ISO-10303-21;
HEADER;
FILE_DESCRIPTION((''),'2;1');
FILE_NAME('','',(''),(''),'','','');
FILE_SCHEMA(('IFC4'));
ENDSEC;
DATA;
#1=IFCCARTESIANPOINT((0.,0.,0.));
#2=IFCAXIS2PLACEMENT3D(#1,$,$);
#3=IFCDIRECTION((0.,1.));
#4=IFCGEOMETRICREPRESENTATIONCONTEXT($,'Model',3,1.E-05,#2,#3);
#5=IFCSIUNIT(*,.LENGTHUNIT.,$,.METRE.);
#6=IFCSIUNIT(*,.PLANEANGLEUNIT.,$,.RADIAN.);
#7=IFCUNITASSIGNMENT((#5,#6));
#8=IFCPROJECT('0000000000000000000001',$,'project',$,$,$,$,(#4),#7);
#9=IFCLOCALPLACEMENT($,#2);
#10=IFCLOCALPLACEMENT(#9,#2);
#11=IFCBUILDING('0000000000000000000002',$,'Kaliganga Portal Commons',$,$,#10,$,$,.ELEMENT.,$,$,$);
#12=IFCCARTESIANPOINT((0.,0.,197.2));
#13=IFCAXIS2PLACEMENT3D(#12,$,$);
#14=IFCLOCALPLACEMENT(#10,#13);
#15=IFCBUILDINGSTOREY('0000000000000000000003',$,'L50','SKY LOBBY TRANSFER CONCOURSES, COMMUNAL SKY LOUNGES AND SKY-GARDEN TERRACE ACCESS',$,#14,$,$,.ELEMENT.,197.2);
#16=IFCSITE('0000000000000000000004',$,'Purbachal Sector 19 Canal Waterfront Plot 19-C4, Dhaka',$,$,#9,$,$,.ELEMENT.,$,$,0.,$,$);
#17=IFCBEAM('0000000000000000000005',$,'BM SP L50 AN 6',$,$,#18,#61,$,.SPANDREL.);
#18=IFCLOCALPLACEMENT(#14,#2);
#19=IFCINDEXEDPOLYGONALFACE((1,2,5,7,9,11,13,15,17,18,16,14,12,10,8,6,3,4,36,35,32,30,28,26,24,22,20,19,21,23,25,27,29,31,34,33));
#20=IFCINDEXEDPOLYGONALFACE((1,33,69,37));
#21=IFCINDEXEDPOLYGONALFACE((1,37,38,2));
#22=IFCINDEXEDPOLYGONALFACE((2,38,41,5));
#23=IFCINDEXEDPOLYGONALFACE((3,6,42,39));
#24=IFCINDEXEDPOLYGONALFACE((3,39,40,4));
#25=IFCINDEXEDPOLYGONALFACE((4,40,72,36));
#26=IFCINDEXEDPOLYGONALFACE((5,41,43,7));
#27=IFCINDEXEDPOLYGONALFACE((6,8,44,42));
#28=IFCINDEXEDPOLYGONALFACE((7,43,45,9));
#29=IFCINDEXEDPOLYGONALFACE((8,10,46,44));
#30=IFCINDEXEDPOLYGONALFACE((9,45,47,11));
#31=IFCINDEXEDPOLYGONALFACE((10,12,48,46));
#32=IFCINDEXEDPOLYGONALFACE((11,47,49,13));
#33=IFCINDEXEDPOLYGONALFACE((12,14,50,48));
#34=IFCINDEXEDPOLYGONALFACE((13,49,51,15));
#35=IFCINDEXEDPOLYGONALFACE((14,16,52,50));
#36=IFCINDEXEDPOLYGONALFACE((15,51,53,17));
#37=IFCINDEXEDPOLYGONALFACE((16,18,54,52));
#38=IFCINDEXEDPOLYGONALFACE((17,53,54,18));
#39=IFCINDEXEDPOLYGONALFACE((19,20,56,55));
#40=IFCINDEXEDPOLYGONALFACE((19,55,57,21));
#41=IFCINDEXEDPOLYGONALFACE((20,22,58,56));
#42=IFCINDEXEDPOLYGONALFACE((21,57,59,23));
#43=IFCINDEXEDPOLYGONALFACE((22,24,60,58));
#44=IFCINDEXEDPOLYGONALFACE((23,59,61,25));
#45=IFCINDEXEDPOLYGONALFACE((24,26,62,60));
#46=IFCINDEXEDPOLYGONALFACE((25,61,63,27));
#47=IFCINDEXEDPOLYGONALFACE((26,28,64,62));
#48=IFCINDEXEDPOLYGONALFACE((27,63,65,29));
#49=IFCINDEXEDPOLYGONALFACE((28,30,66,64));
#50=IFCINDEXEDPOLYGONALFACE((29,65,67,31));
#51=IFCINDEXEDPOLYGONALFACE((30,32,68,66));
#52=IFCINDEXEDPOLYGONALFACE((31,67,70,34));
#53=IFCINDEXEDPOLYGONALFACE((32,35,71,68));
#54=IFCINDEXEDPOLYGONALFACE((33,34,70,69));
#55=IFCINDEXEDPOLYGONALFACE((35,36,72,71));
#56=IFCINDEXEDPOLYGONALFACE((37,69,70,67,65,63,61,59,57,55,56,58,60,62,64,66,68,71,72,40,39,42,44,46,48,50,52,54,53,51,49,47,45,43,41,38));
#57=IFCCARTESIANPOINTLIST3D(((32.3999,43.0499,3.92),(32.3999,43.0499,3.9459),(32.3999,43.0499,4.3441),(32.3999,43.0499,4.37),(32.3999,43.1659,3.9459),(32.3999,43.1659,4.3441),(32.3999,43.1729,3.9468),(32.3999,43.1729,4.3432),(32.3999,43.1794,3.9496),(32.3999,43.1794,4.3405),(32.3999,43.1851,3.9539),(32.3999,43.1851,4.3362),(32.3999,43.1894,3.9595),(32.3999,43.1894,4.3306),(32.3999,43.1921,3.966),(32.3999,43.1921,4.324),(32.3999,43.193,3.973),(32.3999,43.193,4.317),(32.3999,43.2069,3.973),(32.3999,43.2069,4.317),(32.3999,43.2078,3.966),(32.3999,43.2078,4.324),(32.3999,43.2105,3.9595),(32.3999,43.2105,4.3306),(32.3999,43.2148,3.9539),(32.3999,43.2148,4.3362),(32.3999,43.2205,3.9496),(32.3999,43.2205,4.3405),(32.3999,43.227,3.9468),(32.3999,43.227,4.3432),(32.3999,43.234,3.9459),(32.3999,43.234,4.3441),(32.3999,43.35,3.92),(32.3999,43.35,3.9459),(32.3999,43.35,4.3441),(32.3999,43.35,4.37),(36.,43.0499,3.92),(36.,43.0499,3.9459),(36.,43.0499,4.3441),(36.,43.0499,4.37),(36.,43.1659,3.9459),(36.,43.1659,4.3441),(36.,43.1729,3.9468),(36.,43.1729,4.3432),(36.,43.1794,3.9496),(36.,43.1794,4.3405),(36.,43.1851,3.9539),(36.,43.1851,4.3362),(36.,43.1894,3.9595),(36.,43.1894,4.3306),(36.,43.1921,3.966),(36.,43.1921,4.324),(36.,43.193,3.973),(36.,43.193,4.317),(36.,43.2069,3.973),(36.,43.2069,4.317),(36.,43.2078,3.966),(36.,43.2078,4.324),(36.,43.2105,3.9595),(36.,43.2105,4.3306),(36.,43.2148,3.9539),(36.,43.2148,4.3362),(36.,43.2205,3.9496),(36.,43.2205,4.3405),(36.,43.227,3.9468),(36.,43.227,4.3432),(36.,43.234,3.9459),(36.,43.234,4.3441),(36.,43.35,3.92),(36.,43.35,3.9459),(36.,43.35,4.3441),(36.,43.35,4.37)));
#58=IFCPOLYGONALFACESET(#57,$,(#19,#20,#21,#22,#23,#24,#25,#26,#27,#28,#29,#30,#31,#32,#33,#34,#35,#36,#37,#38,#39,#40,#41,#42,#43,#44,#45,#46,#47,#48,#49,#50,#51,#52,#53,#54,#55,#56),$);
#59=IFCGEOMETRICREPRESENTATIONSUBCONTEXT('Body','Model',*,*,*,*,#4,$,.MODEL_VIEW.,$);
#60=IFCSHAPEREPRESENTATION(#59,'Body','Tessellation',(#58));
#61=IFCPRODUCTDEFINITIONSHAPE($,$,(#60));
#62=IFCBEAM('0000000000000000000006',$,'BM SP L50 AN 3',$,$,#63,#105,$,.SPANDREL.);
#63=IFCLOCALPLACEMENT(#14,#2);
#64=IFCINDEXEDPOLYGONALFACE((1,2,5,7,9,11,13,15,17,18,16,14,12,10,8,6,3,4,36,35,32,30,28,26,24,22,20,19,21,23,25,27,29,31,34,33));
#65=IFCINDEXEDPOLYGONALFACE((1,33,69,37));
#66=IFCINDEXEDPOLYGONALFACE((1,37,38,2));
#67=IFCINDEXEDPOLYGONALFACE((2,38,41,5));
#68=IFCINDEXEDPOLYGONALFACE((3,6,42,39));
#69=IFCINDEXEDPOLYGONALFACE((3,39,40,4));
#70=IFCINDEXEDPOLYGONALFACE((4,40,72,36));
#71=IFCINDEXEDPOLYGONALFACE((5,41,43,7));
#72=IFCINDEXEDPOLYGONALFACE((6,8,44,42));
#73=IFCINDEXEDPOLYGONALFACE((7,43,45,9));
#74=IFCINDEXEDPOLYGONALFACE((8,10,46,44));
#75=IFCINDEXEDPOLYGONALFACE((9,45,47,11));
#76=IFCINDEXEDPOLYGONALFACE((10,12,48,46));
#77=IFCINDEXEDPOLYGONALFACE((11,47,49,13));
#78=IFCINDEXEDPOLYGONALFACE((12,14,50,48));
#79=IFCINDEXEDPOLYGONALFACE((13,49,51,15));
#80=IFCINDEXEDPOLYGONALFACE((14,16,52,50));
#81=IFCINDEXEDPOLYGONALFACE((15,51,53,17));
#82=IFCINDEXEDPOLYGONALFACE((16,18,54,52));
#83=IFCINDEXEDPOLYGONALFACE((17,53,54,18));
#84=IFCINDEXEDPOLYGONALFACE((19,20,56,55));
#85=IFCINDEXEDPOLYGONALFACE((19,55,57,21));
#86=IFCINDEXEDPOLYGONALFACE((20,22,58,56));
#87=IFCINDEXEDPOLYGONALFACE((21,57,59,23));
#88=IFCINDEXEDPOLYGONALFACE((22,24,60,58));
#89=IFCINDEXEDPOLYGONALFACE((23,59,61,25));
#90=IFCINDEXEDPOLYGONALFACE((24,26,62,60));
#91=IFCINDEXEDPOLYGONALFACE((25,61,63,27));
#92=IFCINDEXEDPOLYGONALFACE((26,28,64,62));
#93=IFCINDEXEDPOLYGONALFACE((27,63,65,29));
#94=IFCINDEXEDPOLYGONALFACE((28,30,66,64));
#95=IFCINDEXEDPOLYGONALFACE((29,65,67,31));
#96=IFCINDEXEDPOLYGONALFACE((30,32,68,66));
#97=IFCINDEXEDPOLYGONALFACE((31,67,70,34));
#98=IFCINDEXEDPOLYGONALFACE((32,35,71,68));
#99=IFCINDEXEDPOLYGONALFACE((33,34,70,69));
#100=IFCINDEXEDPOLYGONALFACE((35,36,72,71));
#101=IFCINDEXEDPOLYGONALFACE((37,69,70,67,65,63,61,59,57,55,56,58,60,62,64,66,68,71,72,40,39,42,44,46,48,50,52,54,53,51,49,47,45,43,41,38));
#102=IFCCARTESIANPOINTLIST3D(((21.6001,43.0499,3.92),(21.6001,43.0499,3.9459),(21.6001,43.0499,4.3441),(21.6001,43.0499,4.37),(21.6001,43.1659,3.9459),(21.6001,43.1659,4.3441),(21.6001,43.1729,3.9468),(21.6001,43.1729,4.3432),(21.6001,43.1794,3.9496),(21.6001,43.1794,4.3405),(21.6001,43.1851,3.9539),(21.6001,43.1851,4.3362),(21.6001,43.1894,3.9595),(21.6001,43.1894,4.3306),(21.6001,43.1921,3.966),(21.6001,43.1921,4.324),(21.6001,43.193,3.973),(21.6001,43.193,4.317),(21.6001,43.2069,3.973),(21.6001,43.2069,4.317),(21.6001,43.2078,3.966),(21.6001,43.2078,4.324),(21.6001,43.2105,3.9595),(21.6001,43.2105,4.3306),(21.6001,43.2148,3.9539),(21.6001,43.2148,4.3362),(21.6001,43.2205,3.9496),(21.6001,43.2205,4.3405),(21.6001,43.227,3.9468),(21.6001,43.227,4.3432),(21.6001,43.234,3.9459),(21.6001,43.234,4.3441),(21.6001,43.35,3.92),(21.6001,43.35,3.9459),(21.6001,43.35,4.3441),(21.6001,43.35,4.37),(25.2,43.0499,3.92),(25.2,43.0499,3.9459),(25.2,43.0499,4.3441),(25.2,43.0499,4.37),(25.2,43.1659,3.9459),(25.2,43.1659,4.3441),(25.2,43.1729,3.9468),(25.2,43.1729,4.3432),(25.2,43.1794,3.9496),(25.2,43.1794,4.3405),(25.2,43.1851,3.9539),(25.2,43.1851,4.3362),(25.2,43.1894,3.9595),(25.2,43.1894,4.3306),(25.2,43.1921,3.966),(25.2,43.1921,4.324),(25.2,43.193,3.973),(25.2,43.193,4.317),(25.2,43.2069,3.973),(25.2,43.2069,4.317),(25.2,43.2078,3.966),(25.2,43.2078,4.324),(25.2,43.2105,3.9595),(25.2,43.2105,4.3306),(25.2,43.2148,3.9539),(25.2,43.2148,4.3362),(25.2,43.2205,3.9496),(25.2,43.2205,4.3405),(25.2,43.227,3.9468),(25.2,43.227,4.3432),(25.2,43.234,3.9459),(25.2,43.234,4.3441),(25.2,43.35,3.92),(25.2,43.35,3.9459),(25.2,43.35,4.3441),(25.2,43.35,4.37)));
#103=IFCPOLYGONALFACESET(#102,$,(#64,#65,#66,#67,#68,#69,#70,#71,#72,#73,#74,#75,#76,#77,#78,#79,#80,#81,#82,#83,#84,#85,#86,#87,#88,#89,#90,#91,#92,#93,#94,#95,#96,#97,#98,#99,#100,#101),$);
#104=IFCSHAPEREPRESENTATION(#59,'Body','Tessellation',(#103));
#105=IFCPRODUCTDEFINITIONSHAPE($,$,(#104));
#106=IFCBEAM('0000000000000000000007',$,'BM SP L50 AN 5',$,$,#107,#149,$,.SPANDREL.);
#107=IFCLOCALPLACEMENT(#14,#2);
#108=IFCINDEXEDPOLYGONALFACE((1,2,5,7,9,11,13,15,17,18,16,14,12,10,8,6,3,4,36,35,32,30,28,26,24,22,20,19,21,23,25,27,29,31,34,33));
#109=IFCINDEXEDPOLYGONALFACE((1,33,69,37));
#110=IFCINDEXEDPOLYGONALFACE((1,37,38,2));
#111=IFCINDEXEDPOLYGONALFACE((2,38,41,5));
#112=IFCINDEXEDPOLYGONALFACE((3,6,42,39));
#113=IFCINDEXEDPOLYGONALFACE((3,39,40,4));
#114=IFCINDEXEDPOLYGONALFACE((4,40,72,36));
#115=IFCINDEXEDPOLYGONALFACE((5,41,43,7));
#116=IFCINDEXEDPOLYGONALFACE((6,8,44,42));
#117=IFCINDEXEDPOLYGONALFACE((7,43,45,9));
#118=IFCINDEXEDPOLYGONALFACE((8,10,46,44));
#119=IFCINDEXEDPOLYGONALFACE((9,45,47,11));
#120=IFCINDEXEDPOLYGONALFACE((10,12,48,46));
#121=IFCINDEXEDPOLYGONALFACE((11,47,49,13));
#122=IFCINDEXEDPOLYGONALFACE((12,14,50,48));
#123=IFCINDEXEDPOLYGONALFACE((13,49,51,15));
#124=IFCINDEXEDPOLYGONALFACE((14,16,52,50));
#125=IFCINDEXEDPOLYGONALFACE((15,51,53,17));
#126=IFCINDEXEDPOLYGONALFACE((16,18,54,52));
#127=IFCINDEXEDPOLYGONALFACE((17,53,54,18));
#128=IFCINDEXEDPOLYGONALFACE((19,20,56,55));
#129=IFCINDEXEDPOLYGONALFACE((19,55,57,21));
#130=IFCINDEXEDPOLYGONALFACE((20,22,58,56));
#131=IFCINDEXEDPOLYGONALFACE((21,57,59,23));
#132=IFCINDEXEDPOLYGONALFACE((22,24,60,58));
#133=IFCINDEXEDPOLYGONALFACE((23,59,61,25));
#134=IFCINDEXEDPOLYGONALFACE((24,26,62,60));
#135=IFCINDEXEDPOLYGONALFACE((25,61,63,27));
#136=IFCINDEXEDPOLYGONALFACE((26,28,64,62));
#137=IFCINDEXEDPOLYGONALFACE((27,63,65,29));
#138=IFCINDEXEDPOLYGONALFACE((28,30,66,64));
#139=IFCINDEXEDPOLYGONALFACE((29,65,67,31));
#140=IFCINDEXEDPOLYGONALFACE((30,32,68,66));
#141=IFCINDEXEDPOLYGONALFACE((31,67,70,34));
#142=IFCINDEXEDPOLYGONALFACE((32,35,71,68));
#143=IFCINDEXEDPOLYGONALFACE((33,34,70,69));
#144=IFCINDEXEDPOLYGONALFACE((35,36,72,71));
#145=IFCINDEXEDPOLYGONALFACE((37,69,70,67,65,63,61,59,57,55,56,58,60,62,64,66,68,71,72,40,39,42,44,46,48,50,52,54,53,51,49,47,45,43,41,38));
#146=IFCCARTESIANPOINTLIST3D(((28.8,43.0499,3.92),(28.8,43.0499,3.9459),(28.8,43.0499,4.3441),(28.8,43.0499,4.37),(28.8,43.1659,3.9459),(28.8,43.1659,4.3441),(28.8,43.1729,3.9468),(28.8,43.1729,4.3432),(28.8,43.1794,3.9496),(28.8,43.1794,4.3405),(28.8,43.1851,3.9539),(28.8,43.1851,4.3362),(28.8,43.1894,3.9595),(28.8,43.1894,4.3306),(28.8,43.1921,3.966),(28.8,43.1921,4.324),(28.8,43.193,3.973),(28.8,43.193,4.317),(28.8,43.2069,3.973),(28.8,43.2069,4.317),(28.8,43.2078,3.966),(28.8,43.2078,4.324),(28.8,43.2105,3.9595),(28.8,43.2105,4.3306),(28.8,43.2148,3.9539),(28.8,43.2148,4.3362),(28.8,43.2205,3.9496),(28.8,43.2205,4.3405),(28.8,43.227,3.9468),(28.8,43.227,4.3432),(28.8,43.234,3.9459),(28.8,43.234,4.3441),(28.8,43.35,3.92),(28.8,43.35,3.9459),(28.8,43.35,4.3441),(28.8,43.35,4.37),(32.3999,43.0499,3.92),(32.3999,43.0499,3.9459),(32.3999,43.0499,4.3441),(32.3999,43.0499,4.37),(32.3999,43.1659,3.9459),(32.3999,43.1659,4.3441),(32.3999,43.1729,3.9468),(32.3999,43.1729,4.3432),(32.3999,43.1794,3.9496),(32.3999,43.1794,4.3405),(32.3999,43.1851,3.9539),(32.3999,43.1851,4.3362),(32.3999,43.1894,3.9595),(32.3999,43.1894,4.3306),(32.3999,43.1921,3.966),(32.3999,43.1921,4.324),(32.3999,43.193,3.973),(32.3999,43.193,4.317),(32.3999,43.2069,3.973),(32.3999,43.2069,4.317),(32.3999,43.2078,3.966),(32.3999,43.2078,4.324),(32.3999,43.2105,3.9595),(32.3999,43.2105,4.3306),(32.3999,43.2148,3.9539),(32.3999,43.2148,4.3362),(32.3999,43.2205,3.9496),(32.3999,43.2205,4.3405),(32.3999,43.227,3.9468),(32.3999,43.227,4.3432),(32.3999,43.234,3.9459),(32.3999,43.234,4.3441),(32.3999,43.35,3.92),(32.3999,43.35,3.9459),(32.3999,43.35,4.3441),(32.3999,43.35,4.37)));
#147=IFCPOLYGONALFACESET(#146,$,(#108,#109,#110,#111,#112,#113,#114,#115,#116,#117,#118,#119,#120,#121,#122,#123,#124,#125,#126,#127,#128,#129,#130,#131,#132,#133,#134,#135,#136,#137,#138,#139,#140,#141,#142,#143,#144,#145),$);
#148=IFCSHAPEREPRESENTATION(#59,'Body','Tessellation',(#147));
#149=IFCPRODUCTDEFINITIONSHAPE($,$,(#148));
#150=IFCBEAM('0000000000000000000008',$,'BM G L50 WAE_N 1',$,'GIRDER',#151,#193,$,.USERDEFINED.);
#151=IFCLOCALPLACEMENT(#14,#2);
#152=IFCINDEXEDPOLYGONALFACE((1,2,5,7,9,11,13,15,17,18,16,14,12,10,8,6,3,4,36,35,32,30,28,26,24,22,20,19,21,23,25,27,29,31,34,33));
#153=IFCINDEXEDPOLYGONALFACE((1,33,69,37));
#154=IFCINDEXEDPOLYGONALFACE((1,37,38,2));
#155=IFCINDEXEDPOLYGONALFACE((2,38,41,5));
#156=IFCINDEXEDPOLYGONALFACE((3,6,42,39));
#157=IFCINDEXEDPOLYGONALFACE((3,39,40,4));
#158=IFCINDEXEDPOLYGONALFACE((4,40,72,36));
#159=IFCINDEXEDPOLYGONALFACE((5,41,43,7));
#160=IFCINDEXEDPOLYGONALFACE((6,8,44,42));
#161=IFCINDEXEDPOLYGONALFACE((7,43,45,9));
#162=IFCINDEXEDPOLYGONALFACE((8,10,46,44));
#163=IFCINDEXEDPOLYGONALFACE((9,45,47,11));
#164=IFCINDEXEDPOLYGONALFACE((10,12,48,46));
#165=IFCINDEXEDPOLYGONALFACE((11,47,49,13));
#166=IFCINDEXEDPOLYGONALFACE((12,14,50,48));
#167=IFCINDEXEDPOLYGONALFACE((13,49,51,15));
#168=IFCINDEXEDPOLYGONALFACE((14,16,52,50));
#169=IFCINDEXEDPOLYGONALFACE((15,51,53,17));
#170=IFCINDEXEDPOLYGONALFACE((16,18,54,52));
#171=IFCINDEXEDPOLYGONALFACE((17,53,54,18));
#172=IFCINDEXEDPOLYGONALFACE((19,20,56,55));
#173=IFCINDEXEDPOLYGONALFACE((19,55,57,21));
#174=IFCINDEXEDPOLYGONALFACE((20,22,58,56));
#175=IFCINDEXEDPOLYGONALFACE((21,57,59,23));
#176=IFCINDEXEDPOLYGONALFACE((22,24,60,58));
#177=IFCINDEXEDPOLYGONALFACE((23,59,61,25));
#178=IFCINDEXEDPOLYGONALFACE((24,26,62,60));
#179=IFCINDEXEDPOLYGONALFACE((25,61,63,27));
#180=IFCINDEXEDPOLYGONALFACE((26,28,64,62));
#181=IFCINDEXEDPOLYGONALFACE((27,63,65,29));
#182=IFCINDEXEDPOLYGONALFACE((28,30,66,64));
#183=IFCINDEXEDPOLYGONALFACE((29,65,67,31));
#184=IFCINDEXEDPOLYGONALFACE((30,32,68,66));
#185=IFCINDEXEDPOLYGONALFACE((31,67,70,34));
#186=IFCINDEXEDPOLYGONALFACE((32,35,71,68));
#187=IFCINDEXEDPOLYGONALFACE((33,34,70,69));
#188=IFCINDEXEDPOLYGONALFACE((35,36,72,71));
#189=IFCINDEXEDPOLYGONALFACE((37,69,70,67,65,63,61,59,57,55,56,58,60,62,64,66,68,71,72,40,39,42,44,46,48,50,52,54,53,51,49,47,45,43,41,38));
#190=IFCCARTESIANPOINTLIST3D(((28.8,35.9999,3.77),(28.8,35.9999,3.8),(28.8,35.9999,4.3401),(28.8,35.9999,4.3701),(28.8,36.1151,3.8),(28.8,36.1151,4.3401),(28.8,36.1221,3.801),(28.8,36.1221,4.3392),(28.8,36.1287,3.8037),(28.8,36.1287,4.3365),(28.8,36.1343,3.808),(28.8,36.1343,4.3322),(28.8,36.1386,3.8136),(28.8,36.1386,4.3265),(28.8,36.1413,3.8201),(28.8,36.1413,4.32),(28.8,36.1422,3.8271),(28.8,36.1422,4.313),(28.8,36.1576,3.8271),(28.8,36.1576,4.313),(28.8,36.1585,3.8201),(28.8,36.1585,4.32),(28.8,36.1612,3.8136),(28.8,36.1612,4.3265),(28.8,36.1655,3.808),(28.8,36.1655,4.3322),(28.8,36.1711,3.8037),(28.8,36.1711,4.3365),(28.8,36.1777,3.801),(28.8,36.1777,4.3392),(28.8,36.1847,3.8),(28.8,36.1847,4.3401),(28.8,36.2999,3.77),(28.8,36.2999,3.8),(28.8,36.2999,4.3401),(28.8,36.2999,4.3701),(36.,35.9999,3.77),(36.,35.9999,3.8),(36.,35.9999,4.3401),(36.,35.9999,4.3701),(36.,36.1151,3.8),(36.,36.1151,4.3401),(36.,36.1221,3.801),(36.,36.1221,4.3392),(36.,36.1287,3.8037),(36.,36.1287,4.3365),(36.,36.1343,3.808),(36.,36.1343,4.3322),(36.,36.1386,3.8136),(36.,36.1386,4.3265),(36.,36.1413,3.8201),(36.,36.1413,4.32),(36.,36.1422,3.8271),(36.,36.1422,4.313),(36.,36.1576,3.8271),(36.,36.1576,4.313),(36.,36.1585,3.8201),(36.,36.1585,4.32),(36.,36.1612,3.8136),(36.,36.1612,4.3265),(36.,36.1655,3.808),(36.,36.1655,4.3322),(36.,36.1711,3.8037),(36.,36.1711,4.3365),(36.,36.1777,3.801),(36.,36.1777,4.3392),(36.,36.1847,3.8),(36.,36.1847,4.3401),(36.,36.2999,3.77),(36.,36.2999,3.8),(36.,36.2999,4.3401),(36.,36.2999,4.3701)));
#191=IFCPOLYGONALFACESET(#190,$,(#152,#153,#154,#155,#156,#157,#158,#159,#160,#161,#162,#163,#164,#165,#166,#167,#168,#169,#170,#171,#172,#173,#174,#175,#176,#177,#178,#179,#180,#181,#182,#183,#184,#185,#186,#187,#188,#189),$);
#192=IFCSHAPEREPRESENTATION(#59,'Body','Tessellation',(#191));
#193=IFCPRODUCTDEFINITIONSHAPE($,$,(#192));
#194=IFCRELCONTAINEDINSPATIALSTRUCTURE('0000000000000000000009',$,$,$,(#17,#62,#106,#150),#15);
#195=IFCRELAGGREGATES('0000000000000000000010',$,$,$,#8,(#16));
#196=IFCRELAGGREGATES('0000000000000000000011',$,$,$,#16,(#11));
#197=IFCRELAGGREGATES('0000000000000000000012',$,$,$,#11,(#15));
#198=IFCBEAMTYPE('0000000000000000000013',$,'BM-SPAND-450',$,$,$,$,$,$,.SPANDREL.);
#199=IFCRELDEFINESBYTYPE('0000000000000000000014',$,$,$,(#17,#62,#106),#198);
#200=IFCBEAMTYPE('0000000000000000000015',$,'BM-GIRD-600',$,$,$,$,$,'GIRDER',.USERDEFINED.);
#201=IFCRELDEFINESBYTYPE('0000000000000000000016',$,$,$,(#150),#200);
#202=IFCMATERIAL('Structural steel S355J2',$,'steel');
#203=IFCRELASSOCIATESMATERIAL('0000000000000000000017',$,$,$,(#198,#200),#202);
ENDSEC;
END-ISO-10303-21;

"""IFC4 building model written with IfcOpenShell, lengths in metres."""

from ifc_helpers import new_model, si_unit, direction, frame, origin, origin_2d, place, context, subcontext, project, spatial, i_section, extrude, source, transform, mapped, material, material_profile, profile_set, type_object, element, save


model = new_model("IFC4")

# Units and contexts
model_context = context("Model", 3, precision=1e-05, world=origin(), true_north=direction((0.0, 1.0)))
body_context = subcontext(model_context, "Body", "Model", "MODEL_VIEW")
ifc_project = project(units=[si_unit("LENGTHUNIT", "METRE"), si_unit("PLANEANGLEUNIT", "RADIAN")], contexts=[model_context])

# Site, building, storey
site_placement = place(None, origin())
site = spatial("IfcSite", under=ifc_project, at=site_placement, Name="Purbachal Sector 19 Canal Waterfront Plot 19-C4, Dhaka", CompositionType="ELEMENT", RefElevation=0.0)
building_placement = place(site_placement, origin())
building = spatial("IfcBuilding", under=site, at=building_placement, Name="Kaliganga Portal Commons", CompositionType="ELEMENT")
storey_placement = place(building_placement, frame((0.0, 0.0, 197.2)))
storey = spatial("IfcBuildingStorey", under=building, at=storey_placement, Name="L50", Description="SKY LOBBY TRANSFER CONCOURSES, COMMUNAL SKY LOUNGES AND SKY-GARDEN TERRACE ACCESS", CompositionType="ELEMENT", Elevation=197.2)

# Shared definitions
ifc_material_1 = material(Name="Structural steel S355J2", Category="steel")

# Beams
ifc_material_profile_1 = material_profile(ifc_material_1, i_section(OverallWidth=0.3, OverallDepth=0.45, WebThickness=0.0139, FlangeThickness=0.0259, FilletRadius=0.0271, at=origin_2d()), Name="HE 450 B")
ifc_profile_set_1 = profile_set([ifc_material_profile_1], Name="Structural steel S355J2 wide-flange")
beam_type_1 = type_object("IfcBeamType", Name="BM-SPAND-450", PredefinedType="SPANDREL", material=ifc_profile_set_1)
shared_shape_1 = source(origin(), body_context, "Body", "SweptSolid", [
    extrude(i_section(OverallWidth=0.3, OverallDepth=0.45, WebThickness=0.0139, FlangeThickness=0.0259, FilletRadius=0.0271, at=origin_2d()), origin(), (0.0, 0.0, 1.0), 3.6001),
])
for number, where, z_axis, x_axis, name in (
    (1, (32.3999, 43.2, 4.145), (1.0, 0.0, 0.0), (0.0, 1.0, 0.0), "BM SP L50 AN 6"),
):
    element("IfcBeam", number, at=place(storey_placement, frame(where, z_axis=z_axis, x_axis=x_axis)), inside=storey, type_object=beam_type_1, Name=name, PredefinedType="SPANDREL", context=body_context, shape_type="MappedRepresentation", body=[
        mapped(shared_shape_1, transform((0.0, 0.0, 0.0), x_axis=(1.0, 0.0, 0.0), y_axis=(0.0, 1.0, 0.0), z_axis=(0.0, 0.0, 1.0), scale=1.0)),
    ])
shared_shape_2 = source(origin(), body_context, "Body", "SweptSolid", [
    extrude(i_section(OverallWidth=0.3, OverallDepth=0.45, WebThickness=0.0139, FlangeThickness=0.0259, FilletRadius=0.0271, at=origin_2d()), origin(), (0.0, 0.0, 1.0), 3.5999),
])
for number, where, z_axis, x_axis, name in (
    (2, (21.6001, 43.2, 4.145), (1.0, 0.0, 0.0), (0.0, 1.0, 0.0), "BM SP L50 AN 3"),
    (3, (28.8, 43.2, 4.145), (1.0, 0.0, 0.0), (0.0, 1.0, 0.0), "BM SP L50 AN 5"),
):
    element("IfcBeam", number, at=place(storey_placement, frame(where, z_axis=z_axis, x_axis=x_axis)), inside=storey, type_object=beam_type_1, Name=name, PredefinedType="SPANDREL", context=body_context, shape_type="MappedRepresentation", body=[
        mapped(shared_shape_2, transform((0.0, 0.0, 0.0), x_axis=(1.0, 0.0, 0.0), y_axis=(0.0, 1.0, 0.0), z_axis=(0.0, 0.0, 1.0), scale=1.0)),
    ])
ifc_material_profile_2 = material_profile(ifc_material_1, i_section(OverallWidth=0.3, OverallDepth=0.6001, WebThickness=0.0154, FlangeThickness=0.03, FilletRadius=0.0271, at=origin_2d()), Name="HE 600 B")
ifc_profile_set_2 = profile_set([ifc_material_profile_2], Name="Structural steel S355J2 wide-flange")
beam_type_2 = type_object("IfcBeamType", Name="BM-GIRD-600", ElementType="GIRDER", PredefinedType="USERDEFINED", material=ifc_profile_set_2)
shared_shape_3 = source(origin(), body_context, "Body", "SweptSolid", [
    extrude(i_section(OverallWidth=0.3, OverallDepth=0.6001, WebThickness=0.0154, FlangeThickness=0.03, FilletRadius=0.0271, at=origin_2d()), origin(), (0.0, 0.0, 1.0), 7.2),
])
beam_1_placement = place(storey_placement, frame((28.8, 36.1499, 4.0701), z_axis=(1.0, 0.0, 0.0), x_axis=(0.0, 1.0, 0.0)))
element("IfcBeam", 4, at=beam_1_placement, inside=storey, type_object=beam_type_2, Name="BM G L50 WAE_N 1", ObjectType="GIRDER", PredefinedType="USERDEFINED", context=body_context, shape_type="MappedRepresentation", body=[
    mapped(shared_shape_3, transform((0.0, 0.0, 0.0), x_axis=(1.0, 0.0, 0.0), y_axis=(0.0, 1.0, 0.0), z_axis=(0.0, 0.0, 1.0), scale=1.0)),
])

save(model, "model.ifc")
